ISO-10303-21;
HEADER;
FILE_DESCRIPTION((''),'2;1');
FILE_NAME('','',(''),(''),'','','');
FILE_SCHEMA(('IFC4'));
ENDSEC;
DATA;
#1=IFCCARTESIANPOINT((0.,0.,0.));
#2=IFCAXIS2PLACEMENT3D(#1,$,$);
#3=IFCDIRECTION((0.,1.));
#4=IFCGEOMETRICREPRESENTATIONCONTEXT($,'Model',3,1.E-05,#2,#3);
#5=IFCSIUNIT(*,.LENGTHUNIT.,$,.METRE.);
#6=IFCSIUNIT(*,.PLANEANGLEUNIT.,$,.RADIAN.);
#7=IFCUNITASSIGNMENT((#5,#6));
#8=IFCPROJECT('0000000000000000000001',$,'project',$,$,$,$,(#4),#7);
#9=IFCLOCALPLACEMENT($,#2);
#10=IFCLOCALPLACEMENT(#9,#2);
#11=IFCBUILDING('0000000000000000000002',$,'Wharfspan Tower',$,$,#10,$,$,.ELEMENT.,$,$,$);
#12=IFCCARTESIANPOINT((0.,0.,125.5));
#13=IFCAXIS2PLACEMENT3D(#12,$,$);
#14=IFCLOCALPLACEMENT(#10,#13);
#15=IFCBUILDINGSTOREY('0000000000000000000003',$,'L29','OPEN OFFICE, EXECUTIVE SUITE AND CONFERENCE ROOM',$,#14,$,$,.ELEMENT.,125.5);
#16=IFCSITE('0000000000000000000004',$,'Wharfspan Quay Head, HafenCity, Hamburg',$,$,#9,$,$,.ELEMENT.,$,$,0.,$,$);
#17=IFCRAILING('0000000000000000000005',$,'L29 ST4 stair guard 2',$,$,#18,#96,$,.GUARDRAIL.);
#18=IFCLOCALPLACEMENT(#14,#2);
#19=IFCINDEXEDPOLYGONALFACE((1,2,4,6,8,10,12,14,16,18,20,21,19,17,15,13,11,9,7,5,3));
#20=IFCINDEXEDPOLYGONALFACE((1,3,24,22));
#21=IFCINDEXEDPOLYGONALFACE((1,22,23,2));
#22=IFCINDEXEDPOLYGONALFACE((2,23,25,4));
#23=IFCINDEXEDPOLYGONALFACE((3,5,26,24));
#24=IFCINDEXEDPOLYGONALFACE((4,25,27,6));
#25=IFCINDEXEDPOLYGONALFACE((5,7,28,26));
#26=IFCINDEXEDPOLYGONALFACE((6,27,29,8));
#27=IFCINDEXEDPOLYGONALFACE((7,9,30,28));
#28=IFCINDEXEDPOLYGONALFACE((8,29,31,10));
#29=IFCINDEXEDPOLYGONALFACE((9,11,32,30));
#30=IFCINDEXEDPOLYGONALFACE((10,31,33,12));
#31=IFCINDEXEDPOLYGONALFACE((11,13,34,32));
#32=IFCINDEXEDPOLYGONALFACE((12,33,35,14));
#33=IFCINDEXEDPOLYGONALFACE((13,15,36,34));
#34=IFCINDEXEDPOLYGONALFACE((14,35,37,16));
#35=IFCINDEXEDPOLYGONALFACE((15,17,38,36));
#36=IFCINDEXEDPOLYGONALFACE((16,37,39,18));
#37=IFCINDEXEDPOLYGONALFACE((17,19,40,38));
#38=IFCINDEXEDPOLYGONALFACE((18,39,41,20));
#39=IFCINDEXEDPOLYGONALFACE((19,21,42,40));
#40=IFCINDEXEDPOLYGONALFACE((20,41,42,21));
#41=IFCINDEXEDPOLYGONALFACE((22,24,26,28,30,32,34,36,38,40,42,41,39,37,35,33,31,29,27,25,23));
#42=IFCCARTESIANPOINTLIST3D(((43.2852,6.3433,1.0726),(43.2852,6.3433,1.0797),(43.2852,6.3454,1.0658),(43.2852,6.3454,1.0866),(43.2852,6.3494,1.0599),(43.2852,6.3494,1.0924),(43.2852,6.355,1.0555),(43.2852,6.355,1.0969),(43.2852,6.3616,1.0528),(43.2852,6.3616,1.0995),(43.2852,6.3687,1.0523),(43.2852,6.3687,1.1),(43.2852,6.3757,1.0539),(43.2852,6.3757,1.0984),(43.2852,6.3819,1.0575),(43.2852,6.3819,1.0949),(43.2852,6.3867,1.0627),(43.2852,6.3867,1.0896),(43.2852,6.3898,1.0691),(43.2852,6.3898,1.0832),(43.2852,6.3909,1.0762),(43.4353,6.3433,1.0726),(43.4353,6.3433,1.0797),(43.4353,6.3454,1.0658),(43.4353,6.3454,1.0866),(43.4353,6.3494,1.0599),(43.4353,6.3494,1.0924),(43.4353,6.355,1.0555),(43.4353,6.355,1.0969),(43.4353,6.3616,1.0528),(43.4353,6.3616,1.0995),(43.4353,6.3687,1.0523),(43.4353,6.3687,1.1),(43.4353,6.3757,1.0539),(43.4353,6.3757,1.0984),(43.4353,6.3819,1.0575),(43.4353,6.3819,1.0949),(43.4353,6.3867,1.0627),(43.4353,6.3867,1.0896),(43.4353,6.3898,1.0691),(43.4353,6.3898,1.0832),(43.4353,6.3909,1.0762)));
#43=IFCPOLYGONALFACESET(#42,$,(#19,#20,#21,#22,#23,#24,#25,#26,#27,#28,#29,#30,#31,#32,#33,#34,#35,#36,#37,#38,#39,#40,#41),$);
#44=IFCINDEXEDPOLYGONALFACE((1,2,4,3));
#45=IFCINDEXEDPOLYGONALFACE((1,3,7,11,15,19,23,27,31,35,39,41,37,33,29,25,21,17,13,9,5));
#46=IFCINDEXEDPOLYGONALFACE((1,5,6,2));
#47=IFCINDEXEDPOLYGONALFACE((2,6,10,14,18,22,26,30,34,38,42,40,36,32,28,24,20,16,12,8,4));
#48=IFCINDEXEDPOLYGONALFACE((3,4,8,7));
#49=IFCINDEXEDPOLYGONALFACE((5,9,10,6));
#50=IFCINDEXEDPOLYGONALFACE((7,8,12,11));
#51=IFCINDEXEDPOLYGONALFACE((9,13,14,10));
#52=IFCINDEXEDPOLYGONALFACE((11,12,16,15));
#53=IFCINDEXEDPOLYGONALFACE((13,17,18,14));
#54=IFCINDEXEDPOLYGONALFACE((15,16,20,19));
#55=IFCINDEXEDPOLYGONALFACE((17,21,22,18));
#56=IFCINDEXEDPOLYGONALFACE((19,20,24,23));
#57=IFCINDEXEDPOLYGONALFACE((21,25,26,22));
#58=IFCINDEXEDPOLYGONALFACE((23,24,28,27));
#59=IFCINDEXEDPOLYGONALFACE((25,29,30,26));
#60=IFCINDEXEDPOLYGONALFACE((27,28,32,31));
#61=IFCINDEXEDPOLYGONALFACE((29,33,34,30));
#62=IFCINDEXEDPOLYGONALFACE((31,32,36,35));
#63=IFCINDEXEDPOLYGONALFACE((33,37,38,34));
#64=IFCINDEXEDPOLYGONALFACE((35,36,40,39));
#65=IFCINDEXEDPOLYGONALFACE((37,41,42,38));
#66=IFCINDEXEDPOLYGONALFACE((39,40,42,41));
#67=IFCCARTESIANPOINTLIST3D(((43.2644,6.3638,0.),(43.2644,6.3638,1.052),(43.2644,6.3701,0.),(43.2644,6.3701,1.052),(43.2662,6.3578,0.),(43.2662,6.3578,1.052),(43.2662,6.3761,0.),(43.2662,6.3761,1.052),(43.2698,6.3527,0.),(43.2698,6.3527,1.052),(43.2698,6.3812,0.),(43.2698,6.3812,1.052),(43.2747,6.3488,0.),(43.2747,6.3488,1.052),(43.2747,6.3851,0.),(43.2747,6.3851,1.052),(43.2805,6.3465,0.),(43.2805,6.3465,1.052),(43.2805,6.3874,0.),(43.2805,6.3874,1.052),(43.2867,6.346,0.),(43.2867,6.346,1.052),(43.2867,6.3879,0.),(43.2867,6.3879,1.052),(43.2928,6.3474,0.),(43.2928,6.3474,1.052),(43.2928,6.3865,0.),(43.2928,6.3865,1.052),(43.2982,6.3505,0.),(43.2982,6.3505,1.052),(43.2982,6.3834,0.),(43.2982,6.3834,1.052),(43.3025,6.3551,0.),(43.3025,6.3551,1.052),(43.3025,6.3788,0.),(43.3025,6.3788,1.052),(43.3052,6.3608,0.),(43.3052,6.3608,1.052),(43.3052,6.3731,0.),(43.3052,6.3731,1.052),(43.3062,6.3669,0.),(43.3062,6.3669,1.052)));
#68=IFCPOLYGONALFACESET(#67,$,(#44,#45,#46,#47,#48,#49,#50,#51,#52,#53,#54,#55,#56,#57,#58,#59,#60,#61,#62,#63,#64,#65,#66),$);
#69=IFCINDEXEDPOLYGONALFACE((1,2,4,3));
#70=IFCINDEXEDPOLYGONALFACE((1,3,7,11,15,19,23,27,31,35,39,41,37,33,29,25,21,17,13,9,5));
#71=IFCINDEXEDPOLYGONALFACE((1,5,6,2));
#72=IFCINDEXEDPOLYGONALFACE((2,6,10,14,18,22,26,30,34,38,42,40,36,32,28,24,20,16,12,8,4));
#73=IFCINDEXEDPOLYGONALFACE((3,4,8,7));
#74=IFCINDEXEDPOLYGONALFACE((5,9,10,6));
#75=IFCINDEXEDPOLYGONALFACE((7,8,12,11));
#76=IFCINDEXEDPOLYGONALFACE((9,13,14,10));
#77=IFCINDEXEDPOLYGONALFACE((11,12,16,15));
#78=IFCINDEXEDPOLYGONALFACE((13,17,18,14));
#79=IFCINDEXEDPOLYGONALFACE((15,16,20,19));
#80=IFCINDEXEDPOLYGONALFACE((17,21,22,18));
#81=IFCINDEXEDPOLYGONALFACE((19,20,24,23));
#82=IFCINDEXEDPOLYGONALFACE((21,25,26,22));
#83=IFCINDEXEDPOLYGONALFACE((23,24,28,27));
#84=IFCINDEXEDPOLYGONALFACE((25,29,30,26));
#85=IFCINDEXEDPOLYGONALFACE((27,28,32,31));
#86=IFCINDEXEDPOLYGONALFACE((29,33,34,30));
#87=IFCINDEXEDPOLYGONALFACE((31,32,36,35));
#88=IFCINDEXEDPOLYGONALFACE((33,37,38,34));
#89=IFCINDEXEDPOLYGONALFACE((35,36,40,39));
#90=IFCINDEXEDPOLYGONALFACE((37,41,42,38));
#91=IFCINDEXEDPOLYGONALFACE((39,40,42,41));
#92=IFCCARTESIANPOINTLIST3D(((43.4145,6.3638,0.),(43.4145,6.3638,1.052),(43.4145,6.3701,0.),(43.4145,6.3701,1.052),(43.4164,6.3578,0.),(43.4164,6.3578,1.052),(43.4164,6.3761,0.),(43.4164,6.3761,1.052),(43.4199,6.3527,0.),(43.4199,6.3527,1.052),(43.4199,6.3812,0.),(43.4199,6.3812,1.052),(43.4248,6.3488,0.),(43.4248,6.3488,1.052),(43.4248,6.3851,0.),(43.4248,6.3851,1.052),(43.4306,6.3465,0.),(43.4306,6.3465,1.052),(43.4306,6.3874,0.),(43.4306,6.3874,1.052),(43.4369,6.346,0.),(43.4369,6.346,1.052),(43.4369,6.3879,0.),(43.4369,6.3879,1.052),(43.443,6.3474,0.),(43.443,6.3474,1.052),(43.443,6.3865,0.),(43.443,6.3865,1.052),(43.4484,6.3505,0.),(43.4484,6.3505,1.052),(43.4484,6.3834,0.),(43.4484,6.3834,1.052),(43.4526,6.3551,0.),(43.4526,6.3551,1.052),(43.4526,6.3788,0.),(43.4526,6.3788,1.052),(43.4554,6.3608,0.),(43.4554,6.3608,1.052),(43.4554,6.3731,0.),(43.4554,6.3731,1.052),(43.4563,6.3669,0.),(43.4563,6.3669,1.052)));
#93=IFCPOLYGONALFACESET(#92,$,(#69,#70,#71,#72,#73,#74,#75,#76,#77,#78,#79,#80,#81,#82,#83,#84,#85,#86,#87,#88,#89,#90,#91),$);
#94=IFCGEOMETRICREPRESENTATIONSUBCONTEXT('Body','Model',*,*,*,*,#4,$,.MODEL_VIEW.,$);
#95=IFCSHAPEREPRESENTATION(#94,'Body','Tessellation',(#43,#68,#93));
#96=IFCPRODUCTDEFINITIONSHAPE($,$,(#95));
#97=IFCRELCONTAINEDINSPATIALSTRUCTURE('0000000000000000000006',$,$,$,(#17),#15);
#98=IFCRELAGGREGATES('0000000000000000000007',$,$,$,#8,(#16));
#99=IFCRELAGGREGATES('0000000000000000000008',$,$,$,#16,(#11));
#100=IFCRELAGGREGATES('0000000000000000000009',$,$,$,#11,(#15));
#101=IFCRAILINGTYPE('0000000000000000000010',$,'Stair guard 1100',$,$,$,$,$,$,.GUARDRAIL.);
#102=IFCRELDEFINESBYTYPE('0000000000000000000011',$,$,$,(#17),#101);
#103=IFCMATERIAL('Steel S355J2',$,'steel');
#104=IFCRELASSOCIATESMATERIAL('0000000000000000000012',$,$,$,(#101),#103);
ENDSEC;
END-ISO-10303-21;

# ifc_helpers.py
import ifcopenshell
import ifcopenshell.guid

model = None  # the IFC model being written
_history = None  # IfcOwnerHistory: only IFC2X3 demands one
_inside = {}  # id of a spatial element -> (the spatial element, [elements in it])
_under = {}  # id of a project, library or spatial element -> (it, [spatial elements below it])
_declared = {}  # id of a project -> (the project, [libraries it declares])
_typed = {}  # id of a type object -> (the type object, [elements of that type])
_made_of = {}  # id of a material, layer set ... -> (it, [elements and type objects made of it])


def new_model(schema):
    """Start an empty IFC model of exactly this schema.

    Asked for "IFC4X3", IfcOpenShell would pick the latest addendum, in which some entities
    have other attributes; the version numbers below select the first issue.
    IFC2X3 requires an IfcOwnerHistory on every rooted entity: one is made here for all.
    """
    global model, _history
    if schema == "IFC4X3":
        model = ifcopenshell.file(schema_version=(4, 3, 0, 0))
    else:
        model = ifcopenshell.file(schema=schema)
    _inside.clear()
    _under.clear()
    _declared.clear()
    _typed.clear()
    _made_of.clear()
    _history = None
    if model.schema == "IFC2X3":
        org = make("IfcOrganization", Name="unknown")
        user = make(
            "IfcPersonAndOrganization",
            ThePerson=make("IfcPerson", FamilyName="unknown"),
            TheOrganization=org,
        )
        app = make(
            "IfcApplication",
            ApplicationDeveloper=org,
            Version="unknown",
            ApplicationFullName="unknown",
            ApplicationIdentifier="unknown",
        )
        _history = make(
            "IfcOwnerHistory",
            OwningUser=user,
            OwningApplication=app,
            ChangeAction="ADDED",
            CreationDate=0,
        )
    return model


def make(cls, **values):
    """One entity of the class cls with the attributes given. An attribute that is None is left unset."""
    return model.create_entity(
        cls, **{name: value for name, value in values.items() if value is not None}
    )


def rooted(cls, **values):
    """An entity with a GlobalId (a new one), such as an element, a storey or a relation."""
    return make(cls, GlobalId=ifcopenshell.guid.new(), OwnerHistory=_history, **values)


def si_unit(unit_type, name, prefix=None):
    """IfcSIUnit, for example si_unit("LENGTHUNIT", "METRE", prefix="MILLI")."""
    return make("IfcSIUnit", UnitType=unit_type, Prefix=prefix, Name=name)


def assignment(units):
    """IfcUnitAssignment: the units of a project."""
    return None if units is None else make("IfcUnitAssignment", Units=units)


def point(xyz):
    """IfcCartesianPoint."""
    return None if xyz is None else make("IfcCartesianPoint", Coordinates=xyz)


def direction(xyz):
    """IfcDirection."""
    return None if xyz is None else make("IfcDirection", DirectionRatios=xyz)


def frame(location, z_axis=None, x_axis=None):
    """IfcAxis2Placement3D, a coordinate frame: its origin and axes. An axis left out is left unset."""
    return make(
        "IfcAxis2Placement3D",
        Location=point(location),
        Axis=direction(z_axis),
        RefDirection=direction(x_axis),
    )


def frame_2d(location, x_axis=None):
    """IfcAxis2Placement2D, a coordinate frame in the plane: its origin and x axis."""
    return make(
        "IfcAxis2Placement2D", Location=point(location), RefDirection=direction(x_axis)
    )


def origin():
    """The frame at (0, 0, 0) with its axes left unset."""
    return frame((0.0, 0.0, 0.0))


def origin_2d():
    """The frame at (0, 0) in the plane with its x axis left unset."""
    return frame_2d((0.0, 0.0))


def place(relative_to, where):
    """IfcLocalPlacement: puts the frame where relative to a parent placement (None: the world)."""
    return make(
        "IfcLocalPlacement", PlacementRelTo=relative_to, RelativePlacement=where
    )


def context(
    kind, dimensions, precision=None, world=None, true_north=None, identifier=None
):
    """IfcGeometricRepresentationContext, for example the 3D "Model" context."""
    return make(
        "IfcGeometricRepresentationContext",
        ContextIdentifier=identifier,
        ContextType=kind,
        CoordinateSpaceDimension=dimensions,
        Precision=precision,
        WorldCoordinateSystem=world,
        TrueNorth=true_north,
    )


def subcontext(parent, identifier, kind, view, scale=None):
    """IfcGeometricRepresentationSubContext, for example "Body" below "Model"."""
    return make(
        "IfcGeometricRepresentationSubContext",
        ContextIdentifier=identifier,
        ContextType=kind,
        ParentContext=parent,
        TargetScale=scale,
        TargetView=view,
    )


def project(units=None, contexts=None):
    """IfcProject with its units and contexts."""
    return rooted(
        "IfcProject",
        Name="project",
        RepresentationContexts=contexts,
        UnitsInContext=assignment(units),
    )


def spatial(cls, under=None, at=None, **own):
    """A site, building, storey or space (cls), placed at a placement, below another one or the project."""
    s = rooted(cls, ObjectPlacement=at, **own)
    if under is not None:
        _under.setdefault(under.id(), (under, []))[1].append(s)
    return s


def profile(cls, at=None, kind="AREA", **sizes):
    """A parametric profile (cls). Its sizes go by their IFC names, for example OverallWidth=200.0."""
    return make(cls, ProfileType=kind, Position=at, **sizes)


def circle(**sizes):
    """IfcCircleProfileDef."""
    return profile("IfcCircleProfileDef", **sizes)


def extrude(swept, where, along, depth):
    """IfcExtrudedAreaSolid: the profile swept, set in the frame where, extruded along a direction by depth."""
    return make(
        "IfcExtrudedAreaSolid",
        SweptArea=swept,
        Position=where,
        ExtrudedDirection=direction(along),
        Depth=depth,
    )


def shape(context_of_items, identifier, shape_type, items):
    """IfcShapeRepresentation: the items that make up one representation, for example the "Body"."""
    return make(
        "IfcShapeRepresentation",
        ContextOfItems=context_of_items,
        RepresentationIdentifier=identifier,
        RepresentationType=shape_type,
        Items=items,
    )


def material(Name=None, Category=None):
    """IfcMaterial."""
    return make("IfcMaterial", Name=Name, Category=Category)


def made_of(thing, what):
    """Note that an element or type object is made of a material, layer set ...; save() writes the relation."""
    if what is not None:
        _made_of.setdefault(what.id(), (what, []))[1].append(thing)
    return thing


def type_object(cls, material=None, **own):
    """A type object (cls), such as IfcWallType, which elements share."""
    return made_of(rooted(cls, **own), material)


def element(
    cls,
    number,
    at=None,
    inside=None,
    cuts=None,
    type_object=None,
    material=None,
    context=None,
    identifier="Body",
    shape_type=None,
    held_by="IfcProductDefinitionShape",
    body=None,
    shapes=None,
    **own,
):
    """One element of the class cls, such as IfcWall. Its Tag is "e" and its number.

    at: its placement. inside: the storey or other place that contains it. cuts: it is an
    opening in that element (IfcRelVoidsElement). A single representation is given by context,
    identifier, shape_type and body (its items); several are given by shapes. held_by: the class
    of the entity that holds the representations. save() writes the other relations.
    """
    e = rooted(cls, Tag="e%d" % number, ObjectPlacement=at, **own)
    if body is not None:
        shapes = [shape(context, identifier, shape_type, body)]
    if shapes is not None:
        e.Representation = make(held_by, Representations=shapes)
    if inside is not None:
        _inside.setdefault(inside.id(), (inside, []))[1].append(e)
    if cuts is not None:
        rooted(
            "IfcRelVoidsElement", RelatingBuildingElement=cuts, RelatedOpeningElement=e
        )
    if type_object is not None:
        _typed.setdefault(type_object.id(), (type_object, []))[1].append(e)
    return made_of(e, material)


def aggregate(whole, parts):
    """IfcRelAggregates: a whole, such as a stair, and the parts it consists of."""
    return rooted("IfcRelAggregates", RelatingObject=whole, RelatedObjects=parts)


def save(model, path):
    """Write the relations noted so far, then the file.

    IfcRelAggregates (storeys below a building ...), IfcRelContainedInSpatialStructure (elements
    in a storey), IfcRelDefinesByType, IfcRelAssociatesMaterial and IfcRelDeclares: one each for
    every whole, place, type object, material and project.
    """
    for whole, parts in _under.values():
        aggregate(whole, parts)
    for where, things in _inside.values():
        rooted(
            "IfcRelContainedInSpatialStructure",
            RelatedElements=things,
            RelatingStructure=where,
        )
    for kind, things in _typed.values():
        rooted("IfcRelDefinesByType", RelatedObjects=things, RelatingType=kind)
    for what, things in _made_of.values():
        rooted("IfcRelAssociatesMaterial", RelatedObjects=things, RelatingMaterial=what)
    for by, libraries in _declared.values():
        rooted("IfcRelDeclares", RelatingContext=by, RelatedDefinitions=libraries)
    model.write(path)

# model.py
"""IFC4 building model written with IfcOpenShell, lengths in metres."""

from ifc_helpers import new_model, si_unit, direction, frame, origin, origin_2d, place, context, subcontext, project, spatial, circle, extrude, material, type_object, element, save


model = new_model("IFC4")

# Units and contexts
model_context = context("Model", 3, precision=1e-05, world=origin(), true_north=direction((0.0, 1.0)))
body_context = subcontext(model_context, "Body", "Model", "MODEL_VIEW")
ifc_project = project(units=[si_unit("LENGTHUNIT", "METRE"), si_unit("PLANEANGLEUNIT", "RADIAN")], contexts=[model_context])

# Site, building, storey
site_placement = place(None, origin())
site = spatial("IfcSite", under=ifc_project, at=site_placement, Name="Wharfspan Quay Head, HafenCity, Hamburg", CompositionType="ELEMENT", RefElevation=0.0)
building_placement = place(site_placement, origin())
building = spatial("IfcBuilding", under=site, at=building_placement, Name="Wharfspan Tower", CompositionType="ELEMENT")
storey_placement = place(building_placement, frame((0.0, 0.0, 125.5)))
storey = spatial("IfcBuildingStorey", under=building, at=storey_placement, Name="L29", Description="OPEN OFFICE, EXECUTIVE SUITE AND CONFERENCE ROOM", CompositionType="ELEMENT", Elevation=125.5)

# Shared definitions
ifc_material_1 = material(Name="Steel S355J2", Category="steel")

# Railing
railing_type_1 = type_object("IfcRailingType", Name="Stair guard 1100", PredefinedType="GUARDRAIL", material=ifc_material_1)
railing_1_placement = place(storey_placement, frame((43.2852, 6.3669, 0.0)))
element("IfcRailing", 1, at=railing_1_placement, inside=storey, type_object=railing_type_1, Name="L29 ST4 stair guard 2", PredefinedType="GUARDRAIL", context=body_context, shape_type="SweptSolid", body=[
    extrude(circle(Radius=0.0239, at=origin_2d()), frame((0.0, 0.0, 1.0762), z_axis=(1.0, 0.0, 0.0), x_axis=(0.0, 1.0, 0.0)), (0.0, 0.0, 1.0), 0.1501),
    extrude(circle(Radius=0.021, at=origin_2d()), origin(), (0.0, 0.0, 1.0), 1.052),
    extrude(circle(Radius=0.021, at=origin_2d()), frame((0.1501, 0.0, 0.0)), (0.0, 0.0, 1.0), 1.052),
])

save(model, "model.ifc")
